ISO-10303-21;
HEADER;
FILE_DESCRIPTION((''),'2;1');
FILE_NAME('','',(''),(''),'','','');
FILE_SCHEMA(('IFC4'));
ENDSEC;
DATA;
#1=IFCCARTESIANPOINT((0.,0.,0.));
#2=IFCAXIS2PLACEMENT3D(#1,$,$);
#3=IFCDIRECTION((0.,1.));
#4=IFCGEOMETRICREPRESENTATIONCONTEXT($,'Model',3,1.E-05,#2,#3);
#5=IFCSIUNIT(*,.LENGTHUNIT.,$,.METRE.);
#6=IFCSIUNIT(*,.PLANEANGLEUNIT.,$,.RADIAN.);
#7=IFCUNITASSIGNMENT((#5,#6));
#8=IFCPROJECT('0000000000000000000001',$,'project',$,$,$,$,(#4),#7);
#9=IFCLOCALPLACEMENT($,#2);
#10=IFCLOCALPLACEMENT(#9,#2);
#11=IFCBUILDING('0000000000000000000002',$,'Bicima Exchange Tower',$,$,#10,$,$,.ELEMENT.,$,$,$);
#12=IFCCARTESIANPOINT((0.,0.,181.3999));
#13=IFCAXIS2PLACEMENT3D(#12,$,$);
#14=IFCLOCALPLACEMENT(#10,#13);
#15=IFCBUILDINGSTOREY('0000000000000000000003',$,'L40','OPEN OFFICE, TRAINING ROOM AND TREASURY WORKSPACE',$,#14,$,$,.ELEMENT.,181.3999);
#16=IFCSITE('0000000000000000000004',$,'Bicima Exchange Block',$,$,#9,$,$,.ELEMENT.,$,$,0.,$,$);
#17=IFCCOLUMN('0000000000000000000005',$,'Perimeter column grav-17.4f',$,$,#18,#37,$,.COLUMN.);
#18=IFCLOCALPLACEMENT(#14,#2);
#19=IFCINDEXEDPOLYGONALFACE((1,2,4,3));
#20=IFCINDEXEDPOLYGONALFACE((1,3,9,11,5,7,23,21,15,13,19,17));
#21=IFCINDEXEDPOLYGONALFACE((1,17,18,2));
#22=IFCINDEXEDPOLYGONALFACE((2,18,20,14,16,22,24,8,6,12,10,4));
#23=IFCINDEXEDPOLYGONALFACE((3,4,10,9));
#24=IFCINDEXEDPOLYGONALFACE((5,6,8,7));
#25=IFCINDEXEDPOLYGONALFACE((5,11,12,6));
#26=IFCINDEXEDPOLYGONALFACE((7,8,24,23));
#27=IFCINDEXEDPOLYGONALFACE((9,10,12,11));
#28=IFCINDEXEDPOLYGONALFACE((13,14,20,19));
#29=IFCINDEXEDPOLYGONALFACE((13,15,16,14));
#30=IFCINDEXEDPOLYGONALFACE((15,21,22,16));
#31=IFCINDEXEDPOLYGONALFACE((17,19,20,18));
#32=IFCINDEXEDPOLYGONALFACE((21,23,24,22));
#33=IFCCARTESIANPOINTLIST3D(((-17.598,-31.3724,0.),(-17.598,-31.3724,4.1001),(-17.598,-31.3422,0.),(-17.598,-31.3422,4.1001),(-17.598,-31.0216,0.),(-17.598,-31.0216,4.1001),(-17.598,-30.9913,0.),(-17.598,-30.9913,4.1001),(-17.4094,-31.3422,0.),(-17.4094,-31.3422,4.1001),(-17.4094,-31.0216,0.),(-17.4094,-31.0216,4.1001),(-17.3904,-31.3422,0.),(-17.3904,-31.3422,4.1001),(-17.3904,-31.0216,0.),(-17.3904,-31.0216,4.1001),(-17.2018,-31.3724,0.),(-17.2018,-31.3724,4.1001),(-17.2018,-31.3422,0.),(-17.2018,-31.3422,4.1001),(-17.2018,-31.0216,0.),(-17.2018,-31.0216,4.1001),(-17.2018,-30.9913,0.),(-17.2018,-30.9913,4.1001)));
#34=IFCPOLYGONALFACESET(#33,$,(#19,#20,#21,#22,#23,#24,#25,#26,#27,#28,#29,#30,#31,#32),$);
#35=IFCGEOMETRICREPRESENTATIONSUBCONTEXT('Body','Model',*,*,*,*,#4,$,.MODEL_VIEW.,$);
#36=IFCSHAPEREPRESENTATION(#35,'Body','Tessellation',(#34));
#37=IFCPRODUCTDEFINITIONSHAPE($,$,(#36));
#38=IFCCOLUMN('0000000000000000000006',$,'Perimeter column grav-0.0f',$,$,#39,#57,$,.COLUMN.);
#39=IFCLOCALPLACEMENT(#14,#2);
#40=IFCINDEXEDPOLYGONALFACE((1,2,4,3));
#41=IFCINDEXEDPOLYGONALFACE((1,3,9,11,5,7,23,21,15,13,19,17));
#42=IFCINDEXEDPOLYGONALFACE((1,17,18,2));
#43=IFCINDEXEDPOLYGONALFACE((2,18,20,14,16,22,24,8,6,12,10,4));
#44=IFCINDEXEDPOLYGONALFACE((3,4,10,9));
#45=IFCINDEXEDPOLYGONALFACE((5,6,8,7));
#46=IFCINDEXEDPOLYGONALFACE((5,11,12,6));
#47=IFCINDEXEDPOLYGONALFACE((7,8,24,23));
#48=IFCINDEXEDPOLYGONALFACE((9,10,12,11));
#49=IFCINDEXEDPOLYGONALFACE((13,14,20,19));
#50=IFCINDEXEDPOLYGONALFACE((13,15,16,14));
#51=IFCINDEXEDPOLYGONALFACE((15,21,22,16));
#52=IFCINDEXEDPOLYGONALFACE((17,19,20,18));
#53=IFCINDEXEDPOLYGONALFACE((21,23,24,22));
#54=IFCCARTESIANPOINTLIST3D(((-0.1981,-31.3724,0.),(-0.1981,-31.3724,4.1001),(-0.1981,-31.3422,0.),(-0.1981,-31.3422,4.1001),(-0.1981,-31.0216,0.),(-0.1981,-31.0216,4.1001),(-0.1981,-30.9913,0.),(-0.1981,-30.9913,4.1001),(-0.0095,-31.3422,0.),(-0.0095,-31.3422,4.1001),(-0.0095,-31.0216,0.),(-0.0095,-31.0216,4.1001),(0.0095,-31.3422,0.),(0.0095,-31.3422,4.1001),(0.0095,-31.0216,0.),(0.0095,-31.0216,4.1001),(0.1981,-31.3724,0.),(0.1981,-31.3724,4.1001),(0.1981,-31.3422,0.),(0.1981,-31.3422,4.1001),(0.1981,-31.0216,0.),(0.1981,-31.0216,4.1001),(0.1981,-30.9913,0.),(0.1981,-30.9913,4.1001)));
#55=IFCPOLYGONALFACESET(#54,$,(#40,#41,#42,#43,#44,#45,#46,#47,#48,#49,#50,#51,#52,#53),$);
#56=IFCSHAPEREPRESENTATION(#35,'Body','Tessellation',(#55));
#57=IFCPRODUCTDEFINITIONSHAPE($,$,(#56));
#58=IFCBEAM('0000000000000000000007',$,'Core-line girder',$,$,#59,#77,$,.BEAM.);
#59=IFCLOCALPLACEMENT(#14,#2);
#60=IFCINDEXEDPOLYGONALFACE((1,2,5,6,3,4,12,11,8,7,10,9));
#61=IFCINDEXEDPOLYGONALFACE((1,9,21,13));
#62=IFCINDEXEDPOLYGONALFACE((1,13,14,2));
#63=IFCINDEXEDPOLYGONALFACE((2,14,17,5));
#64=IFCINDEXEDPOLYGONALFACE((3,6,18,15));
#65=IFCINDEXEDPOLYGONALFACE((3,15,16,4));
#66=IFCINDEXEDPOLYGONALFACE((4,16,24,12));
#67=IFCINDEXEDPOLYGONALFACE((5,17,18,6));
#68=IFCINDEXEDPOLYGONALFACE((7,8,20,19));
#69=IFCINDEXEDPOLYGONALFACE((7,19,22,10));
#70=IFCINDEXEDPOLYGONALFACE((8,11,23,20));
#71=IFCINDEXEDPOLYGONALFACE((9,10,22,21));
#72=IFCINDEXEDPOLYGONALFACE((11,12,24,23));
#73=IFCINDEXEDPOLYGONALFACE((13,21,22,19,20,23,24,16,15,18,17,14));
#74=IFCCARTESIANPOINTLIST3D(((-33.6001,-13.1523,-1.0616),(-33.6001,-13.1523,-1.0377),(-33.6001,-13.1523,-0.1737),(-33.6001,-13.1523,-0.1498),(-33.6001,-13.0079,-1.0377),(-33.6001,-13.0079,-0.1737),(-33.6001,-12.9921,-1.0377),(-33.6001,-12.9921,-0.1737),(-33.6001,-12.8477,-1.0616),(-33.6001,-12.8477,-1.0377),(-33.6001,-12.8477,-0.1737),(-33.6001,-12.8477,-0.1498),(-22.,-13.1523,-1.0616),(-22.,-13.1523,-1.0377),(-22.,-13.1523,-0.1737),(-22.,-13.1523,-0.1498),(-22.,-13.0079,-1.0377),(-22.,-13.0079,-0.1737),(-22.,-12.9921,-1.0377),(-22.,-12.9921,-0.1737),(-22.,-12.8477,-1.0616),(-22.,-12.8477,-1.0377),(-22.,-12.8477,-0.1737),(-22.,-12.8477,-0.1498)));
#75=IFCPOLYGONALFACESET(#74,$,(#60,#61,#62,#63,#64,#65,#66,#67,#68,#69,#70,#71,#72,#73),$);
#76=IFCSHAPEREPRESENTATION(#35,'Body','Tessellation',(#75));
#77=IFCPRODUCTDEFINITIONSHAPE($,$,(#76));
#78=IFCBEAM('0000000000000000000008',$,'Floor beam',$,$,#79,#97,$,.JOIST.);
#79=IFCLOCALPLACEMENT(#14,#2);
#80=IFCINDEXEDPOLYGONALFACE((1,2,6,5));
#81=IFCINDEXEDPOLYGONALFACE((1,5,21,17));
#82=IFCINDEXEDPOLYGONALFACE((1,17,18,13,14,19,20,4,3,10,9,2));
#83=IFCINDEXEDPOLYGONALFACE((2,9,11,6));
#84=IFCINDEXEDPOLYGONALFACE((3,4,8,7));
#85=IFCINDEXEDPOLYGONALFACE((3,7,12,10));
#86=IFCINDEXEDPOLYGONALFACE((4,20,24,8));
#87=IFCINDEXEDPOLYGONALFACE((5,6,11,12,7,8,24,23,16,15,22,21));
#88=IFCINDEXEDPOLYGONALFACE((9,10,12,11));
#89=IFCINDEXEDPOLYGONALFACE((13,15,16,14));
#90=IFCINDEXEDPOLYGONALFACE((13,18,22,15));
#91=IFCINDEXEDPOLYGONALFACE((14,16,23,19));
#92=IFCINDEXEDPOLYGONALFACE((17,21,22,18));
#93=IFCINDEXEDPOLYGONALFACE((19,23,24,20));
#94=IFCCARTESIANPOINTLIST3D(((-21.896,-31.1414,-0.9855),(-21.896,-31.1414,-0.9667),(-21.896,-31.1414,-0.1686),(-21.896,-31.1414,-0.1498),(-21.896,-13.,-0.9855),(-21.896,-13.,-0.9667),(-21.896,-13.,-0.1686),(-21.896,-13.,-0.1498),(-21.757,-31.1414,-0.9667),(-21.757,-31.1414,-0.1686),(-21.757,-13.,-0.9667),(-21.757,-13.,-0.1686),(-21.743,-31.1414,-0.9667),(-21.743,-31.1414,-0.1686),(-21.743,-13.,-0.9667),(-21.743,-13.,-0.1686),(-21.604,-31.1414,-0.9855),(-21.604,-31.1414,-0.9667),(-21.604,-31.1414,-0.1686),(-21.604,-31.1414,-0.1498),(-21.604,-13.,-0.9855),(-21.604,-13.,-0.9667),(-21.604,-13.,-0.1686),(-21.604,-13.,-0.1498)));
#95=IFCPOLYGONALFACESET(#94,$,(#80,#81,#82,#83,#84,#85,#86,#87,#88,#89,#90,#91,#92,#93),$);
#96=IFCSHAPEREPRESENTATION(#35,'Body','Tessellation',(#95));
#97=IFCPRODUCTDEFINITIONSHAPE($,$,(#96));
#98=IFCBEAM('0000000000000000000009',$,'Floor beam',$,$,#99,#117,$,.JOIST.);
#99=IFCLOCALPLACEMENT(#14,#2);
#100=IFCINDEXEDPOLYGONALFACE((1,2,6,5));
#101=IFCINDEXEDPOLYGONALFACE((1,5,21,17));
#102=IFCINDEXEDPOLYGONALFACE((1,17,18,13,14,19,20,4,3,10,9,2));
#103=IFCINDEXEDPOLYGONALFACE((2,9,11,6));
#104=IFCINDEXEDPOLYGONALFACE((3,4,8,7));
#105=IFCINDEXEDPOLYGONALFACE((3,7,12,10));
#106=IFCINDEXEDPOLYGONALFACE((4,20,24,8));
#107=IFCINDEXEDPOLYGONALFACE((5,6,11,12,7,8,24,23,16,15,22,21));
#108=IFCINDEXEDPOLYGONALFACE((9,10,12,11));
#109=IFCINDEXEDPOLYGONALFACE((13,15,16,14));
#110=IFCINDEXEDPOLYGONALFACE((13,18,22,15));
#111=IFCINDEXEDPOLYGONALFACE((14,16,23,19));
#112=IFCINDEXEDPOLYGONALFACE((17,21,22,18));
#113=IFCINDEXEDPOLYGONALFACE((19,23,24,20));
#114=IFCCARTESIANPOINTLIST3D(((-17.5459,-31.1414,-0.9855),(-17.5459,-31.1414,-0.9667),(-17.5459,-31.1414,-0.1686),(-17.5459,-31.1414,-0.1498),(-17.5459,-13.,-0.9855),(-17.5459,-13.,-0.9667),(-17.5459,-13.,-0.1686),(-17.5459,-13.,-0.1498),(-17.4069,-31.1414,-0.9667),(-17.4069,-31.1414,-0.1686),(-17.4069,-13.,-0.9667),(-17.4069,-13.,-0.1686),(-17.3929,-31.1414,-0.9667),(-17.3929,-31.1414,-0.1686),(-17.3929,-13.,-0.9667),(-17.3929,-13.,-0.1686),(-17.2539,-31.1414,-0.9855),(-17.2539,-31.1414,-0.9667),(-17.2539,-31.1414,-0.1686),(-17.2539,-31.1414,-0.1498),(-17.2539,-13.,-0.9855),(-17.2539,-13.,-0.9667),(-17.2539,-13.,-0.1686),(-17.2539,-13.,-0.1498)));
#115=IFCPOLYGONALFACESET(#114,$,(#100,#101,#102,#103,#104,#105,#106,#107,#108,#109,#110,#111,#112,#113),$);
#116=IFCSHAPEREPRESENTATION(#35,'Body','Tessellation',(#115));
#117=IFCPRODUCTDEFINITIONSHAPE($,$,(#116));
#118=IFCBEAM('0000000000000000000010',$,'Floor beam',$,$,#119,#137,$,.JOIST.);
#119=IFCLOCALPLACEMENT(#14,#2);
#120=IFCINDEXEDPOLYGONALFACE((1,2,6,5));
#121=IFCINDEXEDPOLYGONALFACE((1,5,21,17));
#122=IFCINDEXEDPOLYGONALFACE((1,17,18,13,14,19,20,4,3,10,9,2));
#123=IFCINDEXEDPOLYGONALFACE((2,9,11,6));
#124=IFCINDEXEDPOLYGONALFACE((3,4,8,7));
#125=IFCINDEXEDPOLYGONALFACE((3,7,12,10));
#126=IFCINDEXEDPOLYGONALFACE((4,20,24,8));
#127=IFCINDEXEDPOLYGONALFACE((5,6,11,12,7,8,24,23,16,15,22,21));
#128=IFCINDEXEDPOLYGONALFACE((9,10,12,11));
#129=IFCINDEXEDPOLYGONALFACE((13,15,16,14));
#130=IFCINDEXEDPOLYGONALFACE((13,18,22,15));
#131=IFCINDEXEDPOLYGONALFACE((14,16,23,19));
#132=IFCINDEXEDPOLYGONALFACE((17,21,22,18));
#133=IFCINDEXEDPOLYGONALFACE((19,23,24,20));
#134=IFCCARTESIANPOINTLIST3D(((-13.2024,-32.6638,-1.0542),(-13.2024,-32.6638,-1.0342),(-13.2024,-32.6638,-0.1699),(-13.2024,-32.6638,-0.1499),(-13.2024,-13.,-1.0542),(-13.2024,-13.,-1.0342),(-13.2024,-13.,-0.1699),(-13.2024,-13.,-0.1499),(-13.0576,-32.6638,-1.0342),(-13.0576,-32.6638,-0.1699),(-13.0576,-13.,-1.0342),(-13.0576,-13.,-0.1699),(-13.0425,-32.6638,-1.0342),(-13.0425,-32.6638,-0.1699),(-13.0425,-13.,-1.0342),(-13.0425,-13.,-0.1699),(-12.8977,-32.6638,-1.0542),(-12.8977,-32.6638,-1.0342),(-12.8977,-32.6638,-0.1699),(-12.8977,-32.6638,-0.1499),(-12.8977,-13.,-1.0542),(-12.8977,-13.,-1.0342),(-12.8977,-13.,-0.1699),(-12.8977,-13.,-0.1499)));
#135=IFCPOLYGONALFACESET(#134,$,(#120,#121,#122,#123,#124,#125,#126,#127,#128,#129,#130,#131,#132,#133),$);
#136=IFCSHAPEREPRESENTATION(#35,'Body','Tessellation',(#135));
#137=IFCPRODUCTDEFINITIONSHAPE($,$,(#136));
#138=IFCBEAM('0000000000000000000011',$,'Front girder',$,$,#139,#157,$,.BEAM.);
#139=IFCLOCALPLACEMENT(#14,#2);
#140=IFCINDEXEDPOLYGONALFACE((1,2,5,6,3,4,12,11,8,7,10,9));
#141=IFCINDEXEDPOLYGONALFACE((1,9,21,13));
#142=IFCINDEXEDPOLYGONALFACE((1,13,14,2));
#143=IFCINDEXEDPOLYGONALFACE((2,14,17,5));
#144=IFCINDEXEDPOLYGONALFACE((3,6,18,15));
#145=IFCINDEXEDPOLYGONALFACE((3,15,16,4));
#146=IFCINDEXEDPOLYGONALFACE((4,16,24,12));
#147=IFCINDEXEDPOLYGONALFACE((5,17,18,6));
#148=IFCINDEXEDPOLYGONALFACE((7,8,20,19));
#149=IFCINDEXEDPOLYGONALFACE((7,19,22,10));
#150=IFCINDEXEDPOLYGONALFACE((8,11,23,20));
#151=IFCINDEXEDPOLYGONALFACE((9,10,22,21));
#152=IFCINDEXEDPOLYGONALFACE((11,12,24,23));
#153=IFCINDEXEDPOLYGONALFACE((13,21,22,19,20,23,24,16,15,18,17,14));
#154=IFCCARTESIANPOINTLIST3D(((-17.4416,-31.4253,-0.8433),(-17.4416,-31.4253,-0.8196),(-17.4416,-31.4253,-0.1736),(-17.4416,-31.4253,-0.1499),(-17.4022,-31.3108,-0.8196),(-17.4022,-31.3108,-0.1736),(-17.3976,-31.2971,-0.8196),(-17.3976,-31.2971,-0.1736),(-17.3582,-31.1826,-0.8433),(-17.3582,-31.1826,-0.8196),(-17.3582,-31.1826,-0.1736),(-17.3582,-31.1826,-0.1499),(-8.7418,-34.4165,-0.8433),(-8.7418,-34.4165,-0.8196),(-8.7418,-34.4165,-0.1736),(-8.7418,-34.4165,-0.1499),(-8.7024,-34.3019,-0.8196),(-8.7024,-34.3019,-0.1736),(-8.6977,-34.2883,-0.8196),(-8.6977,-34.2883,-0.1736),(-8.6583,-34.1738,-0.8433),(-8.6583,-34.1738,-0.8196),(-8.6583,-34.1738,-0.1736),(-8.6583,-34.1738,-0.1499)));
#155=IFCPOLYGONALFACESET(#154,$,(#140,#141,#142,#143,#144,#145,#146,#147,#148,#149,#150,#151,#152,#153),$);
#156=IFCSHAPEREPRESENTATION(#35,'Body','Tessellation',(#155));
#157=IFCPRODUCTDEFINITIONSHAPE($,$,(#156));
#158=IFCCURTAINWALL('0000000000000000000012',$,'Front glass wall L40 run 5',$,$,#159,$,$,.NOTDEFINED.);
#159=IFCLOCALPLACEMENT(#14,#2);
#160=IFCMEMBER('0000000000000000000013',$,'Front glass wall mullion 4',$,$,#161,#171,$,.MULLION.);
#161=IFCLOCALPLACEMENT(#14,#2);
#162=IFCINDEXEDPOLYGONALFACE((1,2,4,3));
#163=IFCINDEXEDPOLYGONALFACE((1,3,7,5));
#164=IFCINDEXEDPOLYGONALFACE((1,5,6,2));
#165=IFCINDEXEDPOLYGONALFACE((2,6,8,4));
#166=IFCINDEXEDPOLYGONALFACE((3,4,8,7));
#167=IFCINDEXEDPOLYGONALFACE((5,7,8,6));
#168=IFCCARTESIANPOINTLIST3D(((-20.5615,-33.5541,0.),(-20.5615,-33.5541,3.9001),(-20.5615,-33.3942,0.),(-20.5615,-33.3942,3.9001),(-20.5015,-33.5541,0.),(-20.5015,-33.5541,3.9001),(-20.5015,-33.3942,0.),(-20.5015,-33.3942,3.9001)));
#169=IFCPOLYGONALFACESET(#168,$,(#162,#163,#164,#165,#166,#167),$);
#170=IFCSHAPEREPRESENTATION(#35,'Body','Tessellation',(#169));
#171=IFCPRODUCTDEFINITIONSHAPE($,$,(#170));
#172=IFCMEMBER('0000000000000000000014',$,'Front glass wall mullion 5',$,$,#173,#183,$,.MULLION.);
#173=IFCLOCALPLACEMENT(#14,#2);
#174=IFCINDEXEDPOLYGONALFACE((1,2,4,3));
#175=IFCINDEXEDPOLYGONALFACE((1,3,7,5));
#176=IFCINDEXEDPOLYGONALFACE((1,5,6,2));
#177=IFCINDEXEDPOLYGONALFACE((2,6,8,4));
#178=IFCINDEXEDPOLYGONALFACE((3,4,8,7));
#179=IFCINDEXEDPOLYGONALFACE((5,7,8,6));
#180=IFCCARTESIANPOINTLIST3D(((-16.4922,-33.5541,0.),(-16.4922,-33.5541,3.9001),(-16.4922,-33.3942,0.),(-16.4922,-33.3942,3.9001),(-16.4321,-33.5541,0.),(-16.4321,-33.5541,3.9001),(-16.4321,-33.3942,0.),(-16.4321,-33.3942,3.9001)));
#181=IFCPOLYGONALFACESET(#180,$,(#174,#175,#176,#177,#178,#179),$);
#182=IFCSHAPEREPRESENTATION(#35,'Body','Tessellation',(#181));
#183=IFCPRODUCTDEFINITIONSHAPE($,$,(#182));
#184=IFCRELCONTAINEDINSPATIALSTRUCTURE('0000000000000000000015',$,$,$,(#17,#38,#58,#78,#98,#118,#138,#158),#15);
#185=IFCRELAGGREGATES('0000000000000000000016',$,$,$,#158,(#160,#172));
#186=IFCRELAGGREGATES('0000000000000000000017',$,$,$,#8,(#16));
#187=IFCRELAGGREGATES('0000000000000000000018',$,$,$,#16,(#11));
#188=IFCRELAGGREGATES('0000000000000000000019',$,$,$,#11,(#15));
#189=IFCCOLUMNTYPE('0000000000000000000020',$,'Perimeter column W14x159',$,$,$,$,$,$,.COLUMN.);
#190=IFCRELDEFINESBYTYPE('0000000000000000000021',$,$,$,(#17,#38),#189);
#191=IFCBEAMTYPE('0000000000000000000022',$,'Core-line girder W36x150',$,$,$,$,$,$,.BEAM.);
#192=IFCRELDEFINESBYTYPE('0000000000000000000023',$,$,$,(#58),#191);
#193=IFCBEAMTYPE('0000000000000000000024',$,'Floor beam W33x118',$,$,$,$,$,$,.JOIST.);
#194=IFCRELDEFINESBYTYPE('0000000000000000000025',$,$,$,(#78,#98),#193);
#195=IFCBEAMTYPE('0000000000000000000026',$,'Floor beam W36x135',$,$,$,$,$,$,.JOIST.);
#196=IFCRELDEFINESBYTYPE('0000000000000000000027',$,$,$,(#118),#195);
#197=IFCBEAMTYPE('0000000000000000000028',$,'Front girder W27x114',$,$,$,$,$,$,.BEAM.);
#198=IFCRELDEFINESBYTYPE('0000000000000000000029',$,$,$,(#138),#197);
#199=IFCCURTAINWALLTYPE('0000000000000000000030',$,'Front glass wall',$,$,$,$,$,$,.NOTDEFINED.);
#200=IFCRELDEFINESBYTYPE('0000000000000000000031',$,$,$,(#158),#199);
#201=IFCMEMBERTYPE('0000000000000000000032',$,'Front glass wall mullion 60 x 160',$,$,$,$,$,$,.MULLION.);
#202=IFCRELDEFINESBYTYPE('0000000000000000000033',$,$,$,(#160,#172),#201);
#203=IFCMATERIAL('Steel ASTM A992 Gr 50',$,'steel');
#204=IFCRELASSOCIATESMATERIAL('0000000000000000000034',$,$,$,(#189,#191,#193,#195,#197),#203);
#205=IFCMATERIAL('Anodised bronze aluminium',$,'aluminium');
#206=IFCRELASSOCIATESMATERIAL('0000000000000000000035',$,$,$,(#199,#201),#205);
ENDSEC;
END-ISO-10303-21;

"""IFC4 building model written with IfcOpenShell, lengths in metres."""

from ifc_helpers import new_model, si_unit, direction, frame, origin, origin_2d, place, context, subcontext, project, spatial, rectangle, i_section, extrude, material, material_profile, profile_set, type_object, element, aggregate, save


model = new_model("IFC4")

# Units and contexts
model_context = context("Model", 3, precision=1e-05, world=origin(), true_north=direction((0.0, 1.0)))
body_context = subcontext(model_context, "Body", "Model", "MODEL_VIEW")
ifc_project = project(units=[si_unit("LENGTHUNIT", "METRE"), si_unit("PLANEANGLEUNIT", "RADIAN")], contexts=[model_context])

# Site, building, storey
site_placement = place(None, origin())
site = spatial("IfcSite", under=ifc_project, at=site_placement, Name="Bicima Exchange Block", CompositionType="ELEMENT", RefElevation=0.0)
building_placement = place(site_placement, origin())
building = spatial("IfcBuilding", under=site, at=building_placement, Name="Bicima Exchange Tower", CompositionType="ELEMENT")
storey_placement = place(building_placement, frame((0.0, 0.0, 181.3999)))
storey = spatial("IfcBuildingStorey", under=building, at=storey_placement, Name="L40", Description="OPEN OFFICE, TRAINING ROOM AND TREASURY WORKSPACE", CompositionType="ELEMENT", Elevation=181.3999)

# Columns
ifc_material_1 = material(Name="Steel ASTM A992 Gr 50", Category="steel")
ifc_material_profile_1 = material_profile(ifc_material_1, i_section(OverallWidth=0.3962, OverallDepth=0.3811, WebThickness=0.019, FlangeThickness=0.0303, at=origin_2d()))
ifc_profile_set_1 = profile_set([ifc_material_profile_1], Name="Steel ASTM A992 Gr 50")
column_type = type_object("IfcColumnType", Name="Perimeter column W14x159", PredefinedType="COLUMN", material=ifc_profile_set_1)
for number, where, z_axis, x_axis, name in (
    (1, (-17.3999, -31.1819, 0.0), (0.0, 0.0, 1.0), (1.0, 0.0, 0.0), "Perimeter column grav-17.4f"),
    (2, (0.0, -31.1819, 0.0), (0.0, 0.0, 1.0), (1.0, 0.0, 0.0), "Perimeter column grav-0.0f"),
):
    element("IfcColumn", number, at=place(storey_placement, frame(where, z_axis=z_axis, x_axis=x_axis)), inside=storey, type_object=column_type, Name=name, PredefinedType="COLUMN", context=body_context, shape_type="SweptSolid", body=[
        extrude(i_section(OverallWidth=0.3962, OverallDepth=0.3811, WebThickness=0.019, FlangeThickness=0.0303, at=origin_2d()), origin(), (0.0, 0.0, 1.0), 4.1001),
    ])

# Beams
ifc_material_profile_2 = material_profile(ifc_material_1, i_section(OverallWidth=0.3047, OverallDepth=0.9119, WebThickness=0.0159, FlangeThickness=0.0239, at=origin_2d()))
ifc_profile_set_2 = profile_set([ifc_material_profile_2], Name="Steel ASTM A992 Gr 50")
beam_type_1 = type_object("IfcBeamType", Name="Core-line girder W36x150", PredefinedType="BEAM", material=ifc_profile_set_2)
beam_1_placement = place(storey_placement, frame((-22.0, -13.0, -0.6057), z_axis=(-1.0, 0.0, 0.0), x_axis=(0.0, -1.0, 0.0)))
element("IfcBeam", 3, at=beam_1_placement, inside=storey, type_object=beam_type_1, Name="Core-line girder", PredefinedType="BEAM", context=body_context, shape_type="SweptSolid", body=[
    extrude(i_section(OverallWidth=0.3047, OverallDepth=0.9119, WebThickness=0.0159, FlangeThickness=0.0239, at=origin_2d()), origin(), (0.0, 0.0, 1.0), 11.6001),
])
ifc_material_profile_3 = material_profile(ifc_material_1, i_section(OverallWidth=0.292, OverallDepth=0.8357, WebThickness=0.0139, FlangeThickness=0.0188, at=origin_2d()))
ifc_profile_set_3 = profile_set([ifc_material_profile_3], Name="Steel ASTM A992 Gr 50")
beam_type_2 = type_object("IfcBeamType", Name="Floor beam W33x118", PredefinedType="JOIST", material=ifc_profile_set_3)
for number, where, z_axis, x_axis, name in (
    (4, (-21.75, -13.0, -0.5676), (0.0, -1.0, 0.0), (1.0, 0.0, 0.0), "Floor beam"),
    (5, (-17.3999, -13.0, -0.5676), (0.0, -1.0, 0.0), (1.0, 0.0, 0.0), "Floor beam"),
):
    element("IfcBeam", number, at=place(storey_placement, frame(where, z_axis=z_axis, x_axis=x_axis)), inside=storey, type_object=beam_type_2, Name=name, PredefinedType="JOIST", context=body_context, shape_type="SweptSolid", body=[
        extrude(i_section(OverallWidth=0.292, OverallDepth=0.8357, WebThickness=0.0139, FlangeThickness=0.0188, at=origin_2d()), origin(), (0.0, 0.0, 1.0), 18.1414),
    ])
ifc_material_profile_4 = material_profile(ifc_material_1, i_section(OverallWidth=0.3047, OverallDepth=0.9043, WebThickness=0.0151, FlangeThickness=0.02, at=origin_2d()))
ifc_profile_set_4 = profile_set([ifc_material_profile_4], Name="Steel ASTM A992 Gr 50")
beam_type_3 = type_object("IfcBeamType", Name="Floor beam W36x135", PredefinedType="JOIST", material=ifc_profile_set_4)
beam_2_placement = place(storey_placement, frame((-13.05, -13.0, -0.6021), z_axis=(0.0, -1.0, 0.0), x_axis=(1.0, 0.0, 0.0)))
element("IfcBeam", 6, at=beam_2_placement, inside=storey, type_object=beam_type_3, Name="Floor beam", PredefinedType="JOIST", context=body_context, shape_type="SweptSolid", body=[
    extrude(i_section(OverallWidth=0.3047, OverallDepth=0.9043, WebThickness=0.0151, FlangeThickness=0.02, at=origin_2d()), origin(), (0.0, 0.0, 1.0), 19.6638),
])
ifc_material_profile_5 = material_profile(ifc_material_1, i_section(OverallWidth=0.2566, OverallDepth=0.6934, WebThickness=0.0144, FlangeThickness=0.0237, at=origin_2d()))
ifc_profile_set_5 = profile_set([ifc_material_profile_5], Name="Steel ASTM A992 Gr 50")
beam_type_4 = type_object("IfcBeamType", Name="Front girder W27x114", PredefinedType="BEAM", material=ifc_profile_set_5)
beam_3_placement = place(storey_placement, frame((-17.3999, -31.304, -0.4966), z_axis=(0.945666, -0.325138, 0.0), x_axis=(0.325138, 0.945666, 0.0)))
element("IfcBeam", 7, at=beam_3_placement, inside=storey, type_object=beam_type_4, Name="Front girder", PredefinedType="BEAM", context=body_context, shape_type="SweptSolid", body=[
    extrude(i_section(OverallWidth=0.2566, OverallDepth=0.6934, WebThickness=0.0144, FlangeThickness=0.0237, at=origin_2d()), origin(), (0.0, 0.0, 1.0), 9.1997),
])

# Curtain wall, members
ifc_material_2 = material(Name="Anodised bronze aluminium", Category="aluminium")
curtain_wall_type = type_object("IfcCurtainWallType", Name="Front glass wall", PredefinedType="NOTDEFINED", material=ifc_material_2)
curtain_wall_1_placement = place(storey_placement, origin())
curtain_wall_1 = element("IfcCurtainWall", 8, at=curtain_wall_1_placement, inside=storey, type_object=curtain_wall_type, Name="Front glass wall L40 run 5", PredefinedType="NOTDEFINED")
ifc_material_profile_6 = material_profile(ifc_material_2, rectangle(XDim=0.1599, YDim=0.0601, at=origin_2d()))
ifc_profile_set_6 = profile_set([ifc_material_profile_6], Name="Anodised bronze aluminium")
member_type_1 = type_object("IfcMemberType", Name="Front glass wall mullion 60 x 160", PredefinedType="MULLION", material=ifc_profile_set_6)
member_1_placement = place(storey_placement, frame((-20.5315, -33.4741, 0.0), z_axis=(0.0, 0.0, 1.0), x_axis=(0.0, 1.0, 0.0)))
member_1 = element("IfcMember", 9, at=member_1_placement, type_object=member_type_1, Name="Front glass wall mullion 4", PredefinedType="MULLION", context=body_context, shape_type="SweptSolid", body=[
    extrude(rectangle(XDim=0.1599, YDim=0.0601, at=origin_2d()), origin(), (0.0, 0.0, 1.0), 3.9001),
])
member_2_placement = place(storey_placement, frame((-16.4622, -33.4741, 0.0), z_axis=(0.0, 0.0, 1.0), x_axis=(0.0, 1.0, 0.0)))
member_2 = element("IfcMember", 10, at=member_2_placement, type_object=member_type_1, Name="Front glass wall mullion 5", PredefinedType="MULLION", context=body_context, shape_type="SweptSolid", body=[
    extrude(rectangle(XDim=0.1599, YDim=0.0601, at=origin_2d()), origin(), (0.0, 0.0, 1.0), 3.9001),
])

aggregate(curtain_wall_1, [member_1, member_2])

save(model, "model.ifc")
